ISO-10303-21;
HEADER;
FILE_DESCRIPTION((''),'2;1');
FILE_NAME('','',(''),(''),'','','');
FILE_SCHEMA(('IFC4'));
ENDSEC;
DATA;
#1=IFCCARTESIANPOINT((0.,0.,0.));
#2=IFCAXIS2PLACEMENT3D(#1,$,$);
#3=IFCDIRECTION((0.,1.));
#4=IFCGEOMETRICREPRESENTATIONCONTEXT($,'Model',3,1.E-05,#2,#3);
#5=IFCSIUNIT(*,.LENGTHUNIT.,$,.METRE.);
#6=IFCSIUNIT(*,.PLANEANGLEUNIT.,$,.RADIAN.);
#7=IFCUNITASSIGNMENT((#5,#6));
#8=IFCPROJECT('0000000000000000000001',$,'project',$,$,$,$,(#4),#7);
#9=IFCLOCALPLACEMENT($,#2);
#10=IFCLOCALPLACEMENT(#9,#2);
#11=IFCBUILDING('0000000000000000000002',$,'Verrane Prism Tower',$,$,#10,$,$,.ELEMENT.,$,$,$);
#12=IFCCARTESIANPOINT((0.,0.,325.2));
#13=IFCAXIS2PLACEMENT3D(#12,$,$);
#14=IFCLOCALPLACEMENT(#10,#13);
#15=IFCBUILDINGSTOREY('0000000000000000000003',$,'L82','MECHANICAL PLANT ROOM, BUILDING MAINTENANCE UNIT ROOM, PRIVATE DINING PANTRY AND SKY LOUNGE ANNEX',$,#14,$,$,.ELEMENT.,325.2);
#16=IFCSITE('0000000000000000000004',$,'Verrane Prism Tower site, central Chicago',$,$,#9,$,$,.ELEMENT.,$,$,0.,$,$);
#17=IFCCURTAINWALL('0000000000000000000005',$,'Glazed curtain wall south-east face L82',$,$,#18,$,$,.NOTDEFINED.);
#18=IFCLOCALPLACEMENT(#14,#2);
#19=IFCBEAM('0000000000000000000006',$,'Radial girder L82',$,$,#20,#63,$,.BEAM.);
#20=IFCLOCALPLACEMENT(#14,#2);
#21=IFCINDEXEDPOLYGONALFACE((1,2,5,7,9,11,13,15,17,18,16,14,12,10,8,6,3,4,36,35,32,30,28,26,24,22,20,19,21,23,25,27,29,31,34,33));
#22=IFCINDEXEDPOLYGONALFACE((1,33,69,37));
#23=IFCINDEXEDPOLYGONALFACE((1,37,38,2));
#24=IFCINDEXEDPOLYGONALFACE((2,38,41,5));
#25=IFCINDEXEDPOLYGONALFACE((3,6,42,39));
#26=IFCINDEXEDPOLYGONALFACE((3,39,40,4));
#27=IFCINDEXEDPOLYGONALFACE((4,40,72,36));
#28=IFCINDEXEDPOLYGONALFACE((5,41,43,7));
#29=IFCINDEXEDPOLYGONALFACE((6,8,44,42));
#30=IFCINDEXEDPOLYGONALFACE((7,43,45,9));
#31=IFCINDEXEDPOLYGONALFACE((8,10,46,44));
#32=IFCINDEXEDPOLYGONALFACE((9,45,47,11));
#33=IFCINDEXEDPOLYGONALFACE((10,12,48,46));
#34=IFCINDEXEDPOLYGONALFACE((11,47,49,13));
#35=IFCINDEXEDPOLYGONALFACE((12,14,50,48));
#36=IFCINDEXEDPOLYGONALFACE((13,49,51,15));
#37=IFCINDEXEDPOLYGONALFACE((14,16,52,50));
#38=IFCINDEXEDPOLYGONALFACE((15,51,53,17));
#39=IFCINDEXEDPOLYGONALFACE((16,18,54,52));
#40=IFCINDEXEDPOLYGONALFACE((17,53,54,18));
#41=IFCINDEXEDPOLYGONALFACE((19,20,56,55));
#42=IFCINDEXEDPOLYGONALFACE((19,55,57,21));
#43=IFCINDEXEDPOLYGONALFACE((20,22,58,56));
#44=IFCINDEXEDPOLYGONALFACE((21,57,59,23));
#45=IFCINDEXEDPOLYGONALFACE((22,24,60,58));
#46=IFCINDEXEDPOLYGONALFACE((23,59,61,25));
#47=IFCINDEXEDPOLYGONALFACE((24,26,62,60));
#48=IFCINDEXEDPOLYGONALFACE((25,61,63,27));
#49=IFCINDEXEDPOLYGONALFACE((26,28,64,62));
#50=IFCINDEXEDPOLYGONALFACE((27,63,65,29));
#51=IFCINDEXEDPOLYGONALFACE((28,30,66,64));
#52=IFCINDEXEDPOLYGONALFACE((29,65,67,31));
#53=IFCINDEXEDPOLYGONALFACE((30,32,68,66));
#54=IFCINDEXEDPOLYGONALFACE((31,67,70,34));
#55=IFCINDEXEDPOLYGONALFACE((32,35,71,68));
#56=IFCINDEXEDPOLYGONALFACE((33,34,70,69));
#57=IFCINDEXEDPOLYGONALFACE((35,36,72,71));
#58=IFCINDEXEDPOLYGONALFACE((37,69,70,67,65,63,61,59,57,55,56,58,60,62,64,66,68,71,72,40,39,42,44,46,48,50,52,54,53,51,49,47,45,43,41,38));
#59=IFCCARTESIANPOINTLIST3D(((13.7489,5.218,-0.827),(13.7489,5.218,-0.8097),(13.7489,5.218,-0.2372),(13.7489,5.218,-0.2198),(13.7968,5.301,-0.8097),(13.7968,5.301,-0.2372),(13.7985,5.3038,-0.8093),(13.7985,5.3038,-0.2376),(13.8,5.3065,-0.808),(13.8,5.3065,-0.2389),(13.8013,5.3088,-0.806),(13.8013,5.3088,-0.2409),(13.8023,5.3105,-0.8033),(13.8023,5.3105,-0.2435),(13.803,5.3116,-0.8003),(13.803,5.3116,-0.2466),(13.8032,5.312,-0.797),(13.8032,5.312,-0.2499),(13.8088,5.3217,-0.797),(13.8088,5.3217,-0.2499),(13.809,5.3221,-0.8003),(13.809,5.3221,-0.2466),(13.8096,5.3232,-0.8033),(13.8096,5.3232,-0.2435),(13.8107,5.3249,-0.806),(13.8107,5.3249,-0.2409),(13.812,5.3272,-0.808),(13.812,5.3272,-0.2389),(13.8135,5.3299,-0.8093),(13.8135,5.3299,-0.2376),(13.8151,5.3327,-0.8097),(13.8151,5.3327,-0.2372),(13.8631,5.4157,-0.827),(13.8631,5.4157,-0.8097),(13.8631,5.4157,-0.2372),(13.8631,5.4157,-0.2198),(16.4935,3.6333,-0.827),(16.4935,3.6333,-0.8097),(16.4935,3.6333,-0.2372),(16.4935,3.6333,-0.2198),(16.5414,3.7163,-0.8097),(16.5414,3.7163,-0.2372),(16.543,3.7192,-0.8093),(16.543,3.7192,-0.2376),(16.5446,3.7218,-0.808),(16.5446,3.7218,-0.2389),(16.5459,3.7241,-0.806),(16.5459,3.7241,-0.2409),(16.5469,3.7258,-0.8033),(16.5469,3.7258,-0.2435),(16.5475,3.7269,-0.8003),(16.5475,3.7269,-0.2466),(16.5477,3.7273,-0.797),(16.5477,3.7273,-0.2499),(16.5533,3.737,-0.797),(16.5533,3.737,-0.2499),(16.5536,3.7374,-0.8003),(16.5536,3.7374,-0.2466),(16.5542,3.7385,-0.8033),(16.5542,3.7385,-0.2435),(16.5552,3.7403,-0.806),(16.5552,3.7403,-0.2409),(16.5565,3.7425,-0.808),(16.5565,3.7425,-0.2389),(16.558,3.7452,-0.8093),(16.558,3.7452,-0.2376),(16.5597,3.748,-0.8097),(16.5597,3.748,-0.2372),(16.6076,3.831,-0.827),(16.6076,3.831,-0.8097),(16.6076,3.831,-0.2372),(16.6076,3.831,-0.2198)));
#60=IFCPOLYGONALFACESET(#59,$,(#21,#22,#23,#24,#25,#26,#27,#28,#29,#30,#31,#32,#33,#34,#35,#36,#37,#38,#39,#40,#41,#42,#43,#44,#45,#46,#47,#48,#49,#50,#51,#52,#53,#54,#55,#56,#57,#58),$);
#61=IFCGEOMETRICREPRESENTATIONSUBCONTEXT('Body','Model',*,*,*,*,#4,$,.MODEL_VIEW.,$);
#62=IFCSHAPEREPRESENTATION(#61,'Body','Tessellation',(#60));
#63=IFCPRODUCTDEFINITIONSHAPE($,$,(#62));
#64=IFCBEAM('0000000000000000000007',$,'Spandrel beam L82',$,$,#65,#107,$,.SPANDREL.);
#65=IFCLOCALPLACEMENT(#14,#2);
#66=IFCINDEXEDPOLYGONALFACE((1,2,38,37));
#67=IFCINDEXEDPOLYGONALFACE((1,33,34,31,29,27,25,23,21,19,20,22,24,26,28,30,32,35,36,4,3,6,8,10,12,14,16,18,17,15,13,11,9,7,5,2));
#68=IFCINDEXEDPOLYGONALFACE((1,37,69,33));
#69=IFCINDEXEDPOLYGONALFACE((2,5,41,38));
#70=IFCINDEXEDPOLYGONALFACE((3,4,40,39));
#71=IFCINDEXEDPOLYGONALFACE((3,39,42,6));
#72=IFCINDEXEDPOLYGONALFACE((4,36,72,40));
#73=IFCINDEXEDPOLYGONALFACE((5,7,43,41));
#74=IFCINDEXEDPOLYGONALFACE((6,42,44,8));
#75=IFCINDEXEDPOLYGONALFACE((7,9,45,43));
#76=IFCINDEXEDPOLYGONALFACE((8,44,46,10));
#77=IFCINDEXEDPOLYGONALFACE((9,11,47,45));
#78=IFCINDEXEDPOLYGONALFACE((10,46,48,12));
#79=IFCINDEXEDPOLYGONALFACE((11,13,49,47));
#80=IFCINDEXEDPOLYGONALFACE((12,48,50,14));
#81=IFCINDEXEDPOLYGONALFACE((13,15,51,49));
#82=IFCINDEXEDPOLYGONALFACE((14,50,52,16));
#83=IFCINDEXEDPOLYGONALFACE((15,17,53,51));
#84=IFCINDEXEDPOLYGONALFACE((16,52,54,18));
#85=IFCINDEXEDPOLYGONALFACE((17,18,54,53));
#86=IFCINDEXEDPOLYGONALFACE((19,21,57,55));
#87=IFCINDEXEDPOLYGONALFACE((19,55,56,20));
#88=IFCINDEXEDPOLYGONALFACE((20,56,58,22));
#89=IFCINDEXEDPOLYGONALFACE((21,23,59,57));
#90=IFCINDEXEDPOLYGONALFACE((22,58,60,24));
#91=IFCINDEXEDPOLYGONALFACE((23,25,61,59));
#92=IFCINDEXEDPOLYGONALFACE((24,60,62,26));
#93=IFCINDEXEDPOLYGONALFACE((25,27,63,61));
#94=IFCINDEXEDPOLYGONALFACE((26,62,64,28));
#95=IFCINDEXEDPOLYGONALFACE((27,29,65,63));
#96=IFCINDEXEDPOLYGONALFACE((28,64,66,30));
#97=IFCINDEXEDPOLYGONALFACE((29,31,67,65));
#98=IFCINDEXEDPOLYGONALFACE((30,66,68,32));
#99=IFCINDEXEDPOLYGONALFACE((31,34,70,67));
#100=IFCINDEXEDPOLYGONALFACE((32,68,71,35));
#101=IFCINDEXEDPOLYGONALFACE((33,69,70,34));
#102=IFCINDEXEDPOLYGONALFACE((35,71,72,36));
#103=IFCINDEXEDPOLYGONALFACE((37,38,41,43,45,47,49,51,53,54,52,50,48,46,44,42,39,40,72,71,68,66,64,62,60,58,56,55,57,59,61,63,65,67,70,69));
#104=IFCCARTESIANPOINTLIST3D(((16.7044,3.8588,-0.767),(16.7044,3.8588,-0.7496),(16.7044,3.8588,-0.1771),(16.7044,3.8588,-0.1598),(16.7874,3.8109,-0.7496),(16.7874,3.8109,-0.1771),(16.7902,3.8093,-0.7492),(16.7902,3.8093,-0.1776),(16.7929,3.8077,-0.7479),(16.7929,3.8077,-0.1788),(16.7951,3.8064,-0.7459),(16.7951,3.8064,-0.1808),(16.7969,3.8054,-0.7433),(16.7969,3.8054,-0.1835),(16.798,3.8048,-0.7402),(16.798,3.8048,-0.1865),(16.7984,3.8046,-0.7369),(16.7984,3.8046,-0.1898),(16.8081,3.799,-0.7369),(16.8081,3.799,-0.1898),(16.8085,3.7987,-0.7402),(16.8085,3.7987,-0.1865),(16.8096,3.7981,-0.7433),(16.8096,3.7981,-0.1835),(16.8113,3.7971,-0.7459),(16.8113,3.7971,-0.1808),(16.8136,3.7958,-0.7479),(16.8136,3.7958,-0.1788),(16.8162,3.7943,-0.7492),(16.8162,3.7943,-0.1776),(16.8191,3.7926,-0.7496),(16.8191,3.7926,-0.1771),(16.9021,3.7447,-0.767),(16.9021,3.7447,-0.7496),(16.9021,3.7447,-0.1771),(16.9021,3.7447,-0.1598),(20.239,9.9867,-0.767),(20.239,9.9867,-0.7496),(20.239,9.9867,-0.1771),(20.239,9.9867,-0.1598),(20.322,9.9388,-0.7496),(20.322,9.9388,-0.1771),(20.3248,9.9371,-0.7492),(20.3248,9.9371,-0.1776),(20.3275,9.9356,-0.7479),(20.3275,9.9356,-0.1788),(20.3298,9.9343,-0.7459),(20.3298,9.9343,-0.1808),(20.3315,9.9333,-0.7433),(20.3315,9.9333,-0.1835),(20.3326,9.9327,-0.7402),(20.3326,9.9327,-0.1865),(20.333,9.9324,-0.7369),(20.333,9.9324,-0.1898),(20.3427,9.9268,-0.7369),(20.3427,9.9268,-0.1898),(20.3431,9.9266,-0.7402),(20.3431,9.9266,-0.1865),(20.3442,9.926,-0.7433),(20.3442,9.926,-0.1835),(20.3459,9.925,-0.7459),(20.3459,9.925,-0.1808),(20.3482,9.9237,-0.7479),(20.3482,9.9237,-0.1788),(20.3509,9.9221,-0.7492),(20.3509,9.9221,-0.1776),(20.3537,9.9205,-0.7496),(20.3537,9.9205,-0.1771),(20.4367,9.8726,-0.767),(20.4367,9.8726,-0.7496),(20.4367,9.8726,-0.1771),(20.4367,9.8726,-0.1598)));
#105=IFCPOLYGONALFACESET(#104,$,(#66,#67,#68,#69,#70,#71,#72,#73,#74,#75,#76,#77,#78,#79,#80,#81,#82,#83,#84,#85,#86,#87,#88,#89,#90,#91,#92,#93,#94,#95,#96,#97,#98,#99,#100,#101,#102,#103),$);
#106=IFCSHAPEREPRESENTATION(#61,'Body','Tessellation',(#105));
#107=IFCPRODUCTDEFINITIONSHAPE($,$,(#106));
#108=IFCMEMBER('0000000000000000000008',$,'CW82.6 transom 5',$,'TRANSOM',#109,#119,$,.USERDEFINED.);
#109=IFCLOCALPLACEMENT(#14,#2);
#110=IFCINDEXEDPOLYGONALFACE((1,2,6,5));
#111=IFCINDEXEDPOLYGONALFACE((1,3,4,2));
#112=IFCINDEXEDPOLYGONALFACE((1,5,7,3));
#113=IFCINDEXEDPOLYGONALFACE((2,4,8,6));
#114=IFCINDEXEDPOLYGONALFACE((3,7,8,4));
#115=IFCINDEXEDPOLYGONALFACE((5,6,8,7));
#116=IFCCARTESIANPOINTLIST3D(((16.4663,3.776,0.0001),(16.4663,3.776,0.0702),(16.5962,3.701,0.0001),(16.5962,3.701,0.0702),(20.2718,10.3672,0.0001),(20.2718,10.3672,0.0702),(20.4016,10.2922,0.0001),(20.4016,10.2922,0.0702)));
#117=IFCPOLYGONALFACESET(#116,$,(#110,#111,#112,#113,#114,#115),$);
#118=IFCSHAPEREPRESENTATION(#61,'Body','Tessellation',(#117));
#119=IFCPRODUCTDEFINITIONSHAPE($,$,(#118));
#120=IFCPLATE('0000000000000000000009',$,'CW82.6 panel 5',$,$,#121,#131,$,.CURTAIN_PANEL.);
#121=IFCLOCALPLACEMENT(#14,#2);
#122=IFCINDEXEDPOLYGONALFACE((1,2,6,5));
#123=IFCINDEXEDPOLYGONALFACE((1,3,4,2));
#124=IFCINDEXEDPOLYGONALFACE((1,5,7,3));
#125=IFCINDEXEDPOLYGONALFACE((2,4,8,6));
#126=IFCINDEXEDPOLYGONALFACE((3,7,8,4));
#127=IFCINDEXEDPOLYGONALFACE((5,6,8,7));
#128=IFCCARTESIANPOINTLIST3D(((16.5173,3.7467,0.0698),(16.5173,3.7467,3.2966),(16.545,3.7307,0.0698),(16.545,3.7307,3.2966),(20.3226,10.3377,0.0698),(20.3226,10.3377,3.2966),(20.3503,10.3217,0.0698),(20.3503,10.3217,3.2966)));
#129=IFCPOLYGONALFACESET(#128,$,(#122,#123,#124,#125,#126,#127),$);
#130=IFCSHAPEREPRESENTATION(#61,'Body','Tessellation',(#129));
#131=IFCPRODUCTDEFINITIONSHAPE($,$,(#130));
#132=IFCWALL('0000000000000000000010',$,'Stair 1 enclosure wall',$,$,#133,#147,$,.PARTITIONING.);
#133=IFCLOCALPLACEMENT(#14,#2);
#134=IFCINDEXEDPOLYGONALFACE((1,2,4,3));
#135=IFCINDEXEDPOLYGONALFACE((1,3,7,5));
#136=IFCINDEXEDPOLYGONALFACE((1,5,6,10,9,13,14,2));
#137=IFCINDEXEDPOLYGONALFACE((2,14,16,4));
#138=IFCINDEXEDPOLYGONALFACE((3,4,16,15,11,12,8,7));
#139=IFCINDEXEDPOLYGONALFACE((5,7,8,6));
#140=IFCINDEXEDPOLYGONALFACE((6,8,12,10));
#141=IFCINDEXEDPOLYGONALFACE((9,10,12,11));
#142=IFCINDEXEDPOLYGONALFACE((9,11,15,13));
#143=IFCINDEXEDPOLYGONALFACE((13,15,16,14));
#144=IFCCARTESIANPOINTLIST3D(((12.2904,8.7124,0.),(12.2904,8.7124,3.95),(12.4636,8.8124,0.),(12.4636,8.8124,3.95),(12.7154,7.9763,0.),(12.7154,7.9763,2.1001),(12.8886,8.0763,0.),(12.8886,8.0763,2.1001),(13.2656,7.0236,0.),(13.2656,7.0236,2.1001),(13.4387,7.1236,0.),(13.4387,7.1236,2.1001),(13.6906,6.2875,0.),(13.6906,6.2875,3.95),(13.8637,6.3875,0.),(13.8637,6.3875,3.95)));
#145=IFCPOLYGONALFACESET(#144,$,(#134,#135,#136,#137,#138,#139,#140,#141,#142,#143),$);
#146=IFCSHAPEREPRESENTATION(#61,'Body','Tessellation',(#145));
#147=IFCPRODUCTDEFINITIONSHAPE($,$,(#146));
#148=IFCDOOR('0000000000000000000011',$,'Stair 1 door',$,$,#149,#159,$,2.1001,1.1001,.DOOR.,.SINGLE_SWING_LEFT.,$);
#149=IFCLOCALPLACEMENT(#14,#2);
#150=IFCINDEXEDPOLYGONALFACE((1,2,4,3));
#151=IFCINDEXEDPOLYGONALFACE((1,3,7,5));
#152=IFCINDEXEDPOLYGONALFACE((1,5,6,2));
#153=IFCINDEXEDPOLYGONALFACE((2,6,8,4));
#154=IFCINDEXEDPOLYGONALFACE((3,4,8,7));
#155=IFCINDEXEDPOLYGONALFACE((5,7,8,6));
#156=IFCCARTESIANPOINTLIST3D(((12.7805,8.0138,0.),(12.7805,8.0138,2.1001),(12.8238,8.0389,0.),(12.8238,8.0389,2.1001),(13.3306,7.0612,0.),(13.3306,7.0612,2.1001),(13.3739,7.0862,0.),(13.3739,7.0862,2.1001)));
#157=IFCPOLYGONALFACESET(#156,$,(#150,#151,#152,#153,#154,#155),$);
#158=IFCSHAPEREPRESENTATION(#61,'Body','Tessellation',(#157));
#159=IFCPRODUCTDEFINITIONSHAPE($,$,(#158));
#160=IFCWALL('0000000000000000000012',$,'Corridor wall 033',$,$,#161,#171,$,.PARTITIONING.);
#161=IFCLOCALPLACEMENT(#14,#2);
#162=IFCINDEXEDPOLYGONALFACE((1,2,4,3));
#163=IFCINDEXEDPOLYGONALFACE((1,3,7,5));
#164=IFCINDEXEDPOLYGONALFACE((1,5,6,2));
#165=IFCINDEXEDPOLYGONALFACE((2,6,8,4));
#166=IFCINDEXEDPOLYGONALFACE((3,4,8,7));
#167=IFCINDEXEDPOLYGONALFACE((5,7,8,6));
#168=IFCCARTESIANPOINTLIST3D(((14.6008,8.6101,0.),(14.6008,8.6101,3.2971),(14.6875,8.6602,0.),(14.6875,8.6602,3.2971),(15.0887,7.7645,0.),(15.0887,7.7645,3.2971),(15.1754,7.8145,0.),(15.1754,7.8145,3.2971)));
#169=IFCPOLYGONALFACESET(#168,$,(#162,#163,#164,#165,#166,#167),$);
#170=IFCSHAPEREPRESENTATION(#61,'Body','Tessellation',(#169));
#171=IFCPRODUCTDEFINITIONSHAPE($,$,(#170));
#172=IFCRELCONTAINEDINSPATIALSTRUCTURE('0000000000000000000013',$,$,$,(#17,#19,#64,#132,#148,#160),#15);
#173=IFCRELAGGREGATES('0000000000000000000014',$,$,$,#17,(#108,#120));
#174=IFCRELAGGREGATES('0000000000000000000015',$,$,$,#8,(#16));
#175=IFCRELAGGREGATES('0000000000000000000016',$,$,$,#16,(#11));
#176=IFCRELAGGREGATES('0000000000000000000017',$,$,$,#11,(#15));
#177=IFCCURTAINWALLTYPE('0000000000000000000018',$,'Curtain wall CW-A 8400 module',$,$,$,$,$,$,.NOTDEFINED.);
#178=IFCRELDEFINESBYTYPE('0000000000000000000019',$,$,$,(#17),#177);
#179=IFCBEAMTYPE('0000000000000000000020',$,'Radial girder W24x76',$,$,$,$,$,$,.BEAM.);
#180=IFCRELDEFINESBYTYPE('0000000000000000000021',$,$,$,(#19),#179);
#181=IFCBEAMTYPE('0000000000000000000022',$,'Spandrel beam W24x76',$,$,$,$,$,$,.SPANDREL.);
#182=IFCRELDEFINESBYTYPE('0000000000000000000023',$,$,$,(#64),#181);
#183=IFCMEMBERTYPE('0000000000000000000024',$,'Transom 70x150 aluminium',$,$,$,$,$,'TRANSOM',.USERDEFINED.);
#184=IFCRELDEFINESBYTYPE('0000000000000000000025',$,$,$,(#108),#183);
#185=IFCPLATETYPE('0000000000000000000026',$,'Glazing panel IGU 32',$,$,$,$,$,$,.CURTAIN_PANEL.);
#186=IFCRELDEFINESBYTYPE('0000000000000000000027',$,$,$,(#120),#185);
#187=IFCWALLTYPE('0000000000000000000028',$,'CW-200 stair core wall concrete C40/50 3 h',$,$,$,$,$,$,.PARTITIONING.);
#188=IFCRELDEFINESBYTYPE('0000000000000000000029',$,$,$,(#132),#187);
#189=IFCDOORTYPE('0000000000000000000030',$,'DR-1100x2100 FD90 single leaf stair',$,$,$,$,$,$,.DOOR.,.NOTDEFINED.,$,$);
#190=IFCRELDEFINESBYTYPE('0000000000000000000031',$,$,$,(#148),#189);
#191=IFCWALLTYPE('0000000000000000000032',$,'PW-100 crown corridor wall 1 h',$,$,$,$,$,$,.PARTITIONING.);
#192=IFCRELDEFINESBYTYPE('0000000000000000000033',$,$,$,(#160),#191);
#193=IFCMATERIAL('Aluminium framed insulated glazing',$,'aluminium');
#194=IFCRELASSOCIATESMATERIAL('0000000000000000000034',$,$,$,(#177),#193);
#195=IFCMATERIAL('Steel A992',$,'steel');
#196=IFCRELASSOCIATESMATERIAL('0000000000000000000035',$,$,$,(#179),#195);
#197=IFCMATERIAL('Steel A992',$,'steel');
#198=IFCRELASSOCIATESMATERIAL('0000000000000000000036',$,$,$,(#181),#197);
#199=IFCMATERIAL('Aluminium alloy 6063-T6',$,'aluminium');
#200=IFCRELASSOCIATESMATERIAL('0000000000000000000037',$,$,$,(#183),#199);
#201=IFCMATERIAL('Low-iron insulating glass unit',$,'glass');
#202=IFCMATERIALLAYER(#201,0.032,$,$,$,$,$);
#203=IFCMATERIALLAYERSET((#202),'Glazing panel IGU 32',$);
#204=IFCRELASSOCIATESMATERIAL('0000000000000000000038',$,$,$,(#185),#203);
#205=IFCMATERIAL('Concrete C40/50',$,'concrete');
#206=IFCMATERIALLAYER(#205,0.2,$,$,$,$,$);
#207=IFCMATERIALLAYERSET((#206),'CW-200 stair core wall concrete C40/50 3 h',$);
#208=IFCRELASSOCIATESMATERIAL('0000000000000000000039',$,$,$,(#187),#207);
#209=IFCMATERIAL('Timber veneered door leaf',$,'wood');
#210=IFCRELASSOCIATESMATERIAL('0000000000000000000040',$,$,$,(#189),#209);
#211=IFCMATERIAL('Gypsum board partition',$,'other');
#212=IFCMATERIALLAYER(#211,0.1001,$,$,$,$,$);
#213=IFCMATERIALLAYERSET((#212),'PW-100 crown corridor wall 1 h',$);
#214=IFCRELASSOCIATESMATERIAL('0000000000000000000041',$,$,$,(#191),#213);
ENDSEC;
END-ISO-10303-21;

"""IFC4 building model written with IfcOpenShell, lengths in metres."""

from ifc_helpers import new_model, si_unit, direction, frame, frame_2d, origin, origin_2d, place, context, subcontext, project, spatial, rectangle, i_section, extrude, material, layer, layer_set, material_profile, profile_set, type_object, element, fill, aggregate, save


model = new_model("IFC4")

# Units and contexts
model_context = context("Model", 3, precision=1e-05, world=origin(), true_north=direction((0.0, 1.0)))
body_context = subcontext(model_context, "Body", "Model", "MODEL_VIEW")
ifc_project = project(units=[si_unit("LENGTHUNIT", "METRE"), si_unit("PLANEANGLEUNIT", "RADIAN")], contexts=[model_context])

# Site, building, storey
site_placement = place(None, origin())
site = spatial("IfcSite", under=ifc_project, at=site_placement, Name="Verrane Prism Tower site, central Chicago", CompositionType="ELEMENT", RefElevation=0.0)
building_placement = place(site_placement, origin())
building = spatial("IfcBuilding", under=site, at=building_placement, Name="Verrane Prism Tower", CompositionType="ELEMENT")
storey_placement = place(building_placement, frame((0.0, 0.0, 325.2)))
storey = spatial("IfcBuildingStorey", under=building, at=storey_placement, Name="L82", Description="MECHANICAL PLANT ROOM, BUILDING MAINTENANCE UNIT ROOM, PRIVATE DINING PANTRY AND SKY LOUNGE ANNEX", CompositionType="ELEMENT", Elevation=325.2)

# Curtain wall
ifc_material_1 = material(Name="Aluminium framed insulated glazing", Category="aluminium")
curtain_wall_type = type_object("IfcCurtainWallType", Name="Curtain wall CW-A 8400 module", PredefinedType="NOTDEFINED", material=ifc_material_1)
curtain_wall_placement = place(storey_placement, origin())
curtain_wall = element("IfcCurtainWall", 1, at=curtain_wall_placement, inside=storey, type_object=curtain_wall_type, Name="Glazed curtain wall south-east face L82", PredefinedType="NOTDEFINED")

# Beams
ifc_material_2 = material(Name="Steel A992", Category="steel")
ifc_material_profile_1 = material_profile(ifc_material_2, i_section(OverallWidth=0.2283, OverallDepth=0.6072, WebThickness=0.0112, FlangeThickness=0.0173, FilletRadius=0.0127, at=origin_2d()), Name="W24x76")
ifc_profile_set_1 = profile_set([ifc_material_profile_1], Name="Steel A992")
beam_type_1 = type_object("IfcBeamType", Name="Radial girder W24x76", PredefinedType="BEAM", material=ifc_profile_set_1)
beam_1_placement = place(storey_placement, frame((16.5505, 3.7322, -0.5234), z_axis=(-0.866011, 0.500025, 0.0), x_axis=(-0.500025, -0.866011, 0.0)))
element("IfcBeam", 2, at=beam_1_placement, inside=storey, type_object=beam_type_1, Name="Radial girder L82", PredefinedType="BEAM", context=body_context, shape_type="SweptSolid", body=[
    extrude(i_section(OverallWidth=0.2283, OverallDepth=0.6072, WebThickness=0.0112, FlangeThickness=0.0173, FilletRadius=0.0127, at=origin_2d()), origin(), (0.0, 0.0, 1.0), 3.1692),
])
ifc_material_3 = material(Name="Steel A992", Category="steel")
ifc_material_profile_2 = material_profile(ifc_material_3, i_section(OverallWidth=0.2283, OverallDepth=0.6072, WebThickness=0.0112, FlangeThickness=0.0173, FilletRadius=0.0127, at=origin_2d()), Name="W24x76")
ifc_profile_set_2 = profile_set([ifc_material_profile_2], Name="Steel A992")
beam_type_2 = type_object("IfcBeamType", Name="Spandrel beam W24x76", PredefinedType="SPANDREL", material=ifc_profile_set_2)
beam_2_placement = place(storey_placement, frame((16.8032, 3.8018, -0.4634), z_axis=(0.499651, 0.866227, 0.0), x_axis=(-0.866227, 0.499651, 0.0)))
element("IfcBeam", 3, at=beam_2_placement, inside=storey, type_object=beam_type_2, Name="Spandrel beam L82", PredefinedType="SPANDREL", context=body_context, shape_type="SweptSolid", body=[
    extrude(i_section(OverallWidth=0.2283, OverallDepth=0.6072, WebThickness=0.0112, FlangeThickness=0.0173, FilletRadius=0.0127, at=origin_2d()), origin(), (0.0, 0.0, 1.0), 7.0742),
])

# Member
ifc_material_4 = material(Name="Aluminium alloy 6063-T6", Category="aluminium")
ifc_material_profile_3 = material_profile(ifc_material_4, rectangle(XDim=0.1499, YDim=0.0701, at=origin_2d()), Name="Transom 70x150 aluminium")
ifc_profile_set_3 = profile_set([ifc_material_profile_3], Name="Aluminium alloy 6063-T6")
member_type_1 = type_object("IfcMemberType", Name="Transom 70x150 aluminium", ElementType="TRANSOM", PredefinedType="USERDEFINED", material=ifc_profile_set_3)
member_1_placement = place(storey_placement, frame((16.5312, 3.7385, 0.0352), z_axis=(0.500007, 0.866022, 0.0), x_axis=(-0.866022, 0.500007, 0.0)))
member_1 = element("IfcMember", 4, at=member_1_placement, type_object=member_type_1, Name="CW82.6 transom 5", ObjectType="TRANSOM", PredefinedType="USERDEFINED", context=body_context, shape_type="SweptSolid", body=[
    extrude(rectangle(XDim=0.1499, YDim=0.0701, at=origin_2d()), origin(), (0.0, 0.0, 1.0), 7.6108),
])

# Plate
ifc_material_5 = material(Name="Low-iron insulating glass unit", Category="glass")
ifc_layer_1 = layer(ifc_material_5, 0.032)
ifc_layer_set_1 = layer_set([ifc_layer_1], Name="Glazing panel IGU 32")
plate_type = type_object("IfcPlateType", Name="Glazing panel IGU 32", PredefinedType="CURTAIN_PANEL", material=ifc_layer_set_1)
plate_placement = place(storey_placement, frame((18.4338, 7.0342, 0.0698), z_axis=(0.0, 0.0, 1.0), x_axis=(0.5, 0.866025, 0.0)))
plate = element("IfcPlate", 5, at=plate_placement, type_object=plate_type, Name="CW82.6 panel 5", PredefinedType="CURTAIN_PANEL", context=body_context, shape_type="SweptSolid", body=[
    extrude(rectangle(XDim=7.6106, YDim=0.032, at=origin_2d()), origin(), (0.0, 0.0, 1.0), 3.2268),
])
aggregate(curtain_wall, [member_1, plate])

# Wall, opening, door
ifc_material_6 = material(Name="Concrete C40/50", Category="concrete")
ifc_layer_2 = layer(ifc_material_6, 0.2)
ifc_layer_set_2 = layer_set([ifc_layer_2], Name="CW-200 stair core wall concrete C40/50 3 h")
wall_type_1 = type_object("IfcWallType", Name="CW-200 stair core wall concrete C40/50 3 h", PredefinedType="PARTITIONING", material=ifc_layer_set_2)
wall_1_placement = place(storey_placement, frame((13.7771, 6.3376, 0.0), z_axis=(0.0, 0.0, 1.0), x_axis=(-0.50005, 0.865997, 0.0)))
wall_1 = element("IfcWall", 6, at=wall_1_placement, inside=storey, type_object=wall_type_1, Name="Stair 1 enclosure wall", PredefinedType="PARTITIONING", context=body_context, shape_type="SweptSolid", body=[
    extrude(rectangle(XDim=2.8, YDim=0.2, at=frame_2d((1.3999, 0.0))), origin(), (0.0, 0.0, 1.0), 3.95),
])
opening_1_placement = place(wall_1_placement, frame((0.8499, 0.0, 0.0)))
opening_1 = element("IfcOpeningElement", 7, at=opening_1_placement, cuts=wall_1, PredefinedType="OPENING", context=body_context, shape_type="SweptSolid", body=[
    extrude(rectangle(XDim=1.1001, YDim=2.1001, at=frame_2d((0.55, 1.05))), frame((0.0, 0.1099, 0.0), z_axis=(0.0, -1.0, 0.0), x_axis=(1.0, 0.0, 0.0)), (0.0, 0.0, 1.0), 0.22),
])
ifc_material_7 = material(Name="Timber veneered door leaf", Category="wood")
door_type_1 = type_object("IfcDoorType", Name="DR-1100x2100 FD90 single leaf stair", OperationType="NOTDEFINED", PredefinedType="DOOR", material=ifc_material_7)
door_1_placement = place(opening_1_placement, origin())
door_1 = element("IfcDoor", 8, at=door_1_placement, inside=storey, type_object=door_type_1, Name="Stair 1 door", OperationType="SINGLE_SWING_LEFT", OverallHeight=2.1001, OverallWidth=1.1001, PredefinedType="DOOR", context=body_context, shape_type="SweptSolid", body=[
    extrude(rectangle(XDim=1.1001, YDim=2.1001, at=frame_2d((0.55, 1.05))), frame((0.0, 0.0249, 0.0), z_axis=(0.0, -1.0, 0.0), x_axis=(1.0, 0.0, 0.0)), (0.0, 0.0, 1.0), 0.05),
])
fill(opening_1, door_1)

# Wall
ifc_material_8 = material(Name="Gypsum board partition", Category="other")
ifc_layer_3 = layer(ifc_material_8, 0.1001)
ifc_layer_set_3 = layer_set([ifc_layer_3], Name="PW-100 crown corridor wall 1 h")
wall_type_2 = type_object("IfcWallType", Name="PW-100 crown corridor wall 1 h", PredefinedType="PARTITIONING", material=ifc_layer_set_3)
wall_2_placement = place(storey_placement, frame((14.644, 8.6353, 0.0), z_axis=(0.0, 0.0, 1.0), x_axis=(0.499823, -0.866127, 0.0)))
element("IfcWall", 9, at=wall_2_placement, inside=storey, type_object=wall_type_2, Name="Corridor wall 033", PredefinedType="PARTITIONING", context=body_context, shape_type="SweptSolid", body=[
    extrude(rectangle(XDim=0.9763, YDim=0.1001, at=frame_2d((0.4883, 0.0))), origin(), (0.0, 0.0, 1.0), 3.2971),
])

save(model, "model.ifc")
